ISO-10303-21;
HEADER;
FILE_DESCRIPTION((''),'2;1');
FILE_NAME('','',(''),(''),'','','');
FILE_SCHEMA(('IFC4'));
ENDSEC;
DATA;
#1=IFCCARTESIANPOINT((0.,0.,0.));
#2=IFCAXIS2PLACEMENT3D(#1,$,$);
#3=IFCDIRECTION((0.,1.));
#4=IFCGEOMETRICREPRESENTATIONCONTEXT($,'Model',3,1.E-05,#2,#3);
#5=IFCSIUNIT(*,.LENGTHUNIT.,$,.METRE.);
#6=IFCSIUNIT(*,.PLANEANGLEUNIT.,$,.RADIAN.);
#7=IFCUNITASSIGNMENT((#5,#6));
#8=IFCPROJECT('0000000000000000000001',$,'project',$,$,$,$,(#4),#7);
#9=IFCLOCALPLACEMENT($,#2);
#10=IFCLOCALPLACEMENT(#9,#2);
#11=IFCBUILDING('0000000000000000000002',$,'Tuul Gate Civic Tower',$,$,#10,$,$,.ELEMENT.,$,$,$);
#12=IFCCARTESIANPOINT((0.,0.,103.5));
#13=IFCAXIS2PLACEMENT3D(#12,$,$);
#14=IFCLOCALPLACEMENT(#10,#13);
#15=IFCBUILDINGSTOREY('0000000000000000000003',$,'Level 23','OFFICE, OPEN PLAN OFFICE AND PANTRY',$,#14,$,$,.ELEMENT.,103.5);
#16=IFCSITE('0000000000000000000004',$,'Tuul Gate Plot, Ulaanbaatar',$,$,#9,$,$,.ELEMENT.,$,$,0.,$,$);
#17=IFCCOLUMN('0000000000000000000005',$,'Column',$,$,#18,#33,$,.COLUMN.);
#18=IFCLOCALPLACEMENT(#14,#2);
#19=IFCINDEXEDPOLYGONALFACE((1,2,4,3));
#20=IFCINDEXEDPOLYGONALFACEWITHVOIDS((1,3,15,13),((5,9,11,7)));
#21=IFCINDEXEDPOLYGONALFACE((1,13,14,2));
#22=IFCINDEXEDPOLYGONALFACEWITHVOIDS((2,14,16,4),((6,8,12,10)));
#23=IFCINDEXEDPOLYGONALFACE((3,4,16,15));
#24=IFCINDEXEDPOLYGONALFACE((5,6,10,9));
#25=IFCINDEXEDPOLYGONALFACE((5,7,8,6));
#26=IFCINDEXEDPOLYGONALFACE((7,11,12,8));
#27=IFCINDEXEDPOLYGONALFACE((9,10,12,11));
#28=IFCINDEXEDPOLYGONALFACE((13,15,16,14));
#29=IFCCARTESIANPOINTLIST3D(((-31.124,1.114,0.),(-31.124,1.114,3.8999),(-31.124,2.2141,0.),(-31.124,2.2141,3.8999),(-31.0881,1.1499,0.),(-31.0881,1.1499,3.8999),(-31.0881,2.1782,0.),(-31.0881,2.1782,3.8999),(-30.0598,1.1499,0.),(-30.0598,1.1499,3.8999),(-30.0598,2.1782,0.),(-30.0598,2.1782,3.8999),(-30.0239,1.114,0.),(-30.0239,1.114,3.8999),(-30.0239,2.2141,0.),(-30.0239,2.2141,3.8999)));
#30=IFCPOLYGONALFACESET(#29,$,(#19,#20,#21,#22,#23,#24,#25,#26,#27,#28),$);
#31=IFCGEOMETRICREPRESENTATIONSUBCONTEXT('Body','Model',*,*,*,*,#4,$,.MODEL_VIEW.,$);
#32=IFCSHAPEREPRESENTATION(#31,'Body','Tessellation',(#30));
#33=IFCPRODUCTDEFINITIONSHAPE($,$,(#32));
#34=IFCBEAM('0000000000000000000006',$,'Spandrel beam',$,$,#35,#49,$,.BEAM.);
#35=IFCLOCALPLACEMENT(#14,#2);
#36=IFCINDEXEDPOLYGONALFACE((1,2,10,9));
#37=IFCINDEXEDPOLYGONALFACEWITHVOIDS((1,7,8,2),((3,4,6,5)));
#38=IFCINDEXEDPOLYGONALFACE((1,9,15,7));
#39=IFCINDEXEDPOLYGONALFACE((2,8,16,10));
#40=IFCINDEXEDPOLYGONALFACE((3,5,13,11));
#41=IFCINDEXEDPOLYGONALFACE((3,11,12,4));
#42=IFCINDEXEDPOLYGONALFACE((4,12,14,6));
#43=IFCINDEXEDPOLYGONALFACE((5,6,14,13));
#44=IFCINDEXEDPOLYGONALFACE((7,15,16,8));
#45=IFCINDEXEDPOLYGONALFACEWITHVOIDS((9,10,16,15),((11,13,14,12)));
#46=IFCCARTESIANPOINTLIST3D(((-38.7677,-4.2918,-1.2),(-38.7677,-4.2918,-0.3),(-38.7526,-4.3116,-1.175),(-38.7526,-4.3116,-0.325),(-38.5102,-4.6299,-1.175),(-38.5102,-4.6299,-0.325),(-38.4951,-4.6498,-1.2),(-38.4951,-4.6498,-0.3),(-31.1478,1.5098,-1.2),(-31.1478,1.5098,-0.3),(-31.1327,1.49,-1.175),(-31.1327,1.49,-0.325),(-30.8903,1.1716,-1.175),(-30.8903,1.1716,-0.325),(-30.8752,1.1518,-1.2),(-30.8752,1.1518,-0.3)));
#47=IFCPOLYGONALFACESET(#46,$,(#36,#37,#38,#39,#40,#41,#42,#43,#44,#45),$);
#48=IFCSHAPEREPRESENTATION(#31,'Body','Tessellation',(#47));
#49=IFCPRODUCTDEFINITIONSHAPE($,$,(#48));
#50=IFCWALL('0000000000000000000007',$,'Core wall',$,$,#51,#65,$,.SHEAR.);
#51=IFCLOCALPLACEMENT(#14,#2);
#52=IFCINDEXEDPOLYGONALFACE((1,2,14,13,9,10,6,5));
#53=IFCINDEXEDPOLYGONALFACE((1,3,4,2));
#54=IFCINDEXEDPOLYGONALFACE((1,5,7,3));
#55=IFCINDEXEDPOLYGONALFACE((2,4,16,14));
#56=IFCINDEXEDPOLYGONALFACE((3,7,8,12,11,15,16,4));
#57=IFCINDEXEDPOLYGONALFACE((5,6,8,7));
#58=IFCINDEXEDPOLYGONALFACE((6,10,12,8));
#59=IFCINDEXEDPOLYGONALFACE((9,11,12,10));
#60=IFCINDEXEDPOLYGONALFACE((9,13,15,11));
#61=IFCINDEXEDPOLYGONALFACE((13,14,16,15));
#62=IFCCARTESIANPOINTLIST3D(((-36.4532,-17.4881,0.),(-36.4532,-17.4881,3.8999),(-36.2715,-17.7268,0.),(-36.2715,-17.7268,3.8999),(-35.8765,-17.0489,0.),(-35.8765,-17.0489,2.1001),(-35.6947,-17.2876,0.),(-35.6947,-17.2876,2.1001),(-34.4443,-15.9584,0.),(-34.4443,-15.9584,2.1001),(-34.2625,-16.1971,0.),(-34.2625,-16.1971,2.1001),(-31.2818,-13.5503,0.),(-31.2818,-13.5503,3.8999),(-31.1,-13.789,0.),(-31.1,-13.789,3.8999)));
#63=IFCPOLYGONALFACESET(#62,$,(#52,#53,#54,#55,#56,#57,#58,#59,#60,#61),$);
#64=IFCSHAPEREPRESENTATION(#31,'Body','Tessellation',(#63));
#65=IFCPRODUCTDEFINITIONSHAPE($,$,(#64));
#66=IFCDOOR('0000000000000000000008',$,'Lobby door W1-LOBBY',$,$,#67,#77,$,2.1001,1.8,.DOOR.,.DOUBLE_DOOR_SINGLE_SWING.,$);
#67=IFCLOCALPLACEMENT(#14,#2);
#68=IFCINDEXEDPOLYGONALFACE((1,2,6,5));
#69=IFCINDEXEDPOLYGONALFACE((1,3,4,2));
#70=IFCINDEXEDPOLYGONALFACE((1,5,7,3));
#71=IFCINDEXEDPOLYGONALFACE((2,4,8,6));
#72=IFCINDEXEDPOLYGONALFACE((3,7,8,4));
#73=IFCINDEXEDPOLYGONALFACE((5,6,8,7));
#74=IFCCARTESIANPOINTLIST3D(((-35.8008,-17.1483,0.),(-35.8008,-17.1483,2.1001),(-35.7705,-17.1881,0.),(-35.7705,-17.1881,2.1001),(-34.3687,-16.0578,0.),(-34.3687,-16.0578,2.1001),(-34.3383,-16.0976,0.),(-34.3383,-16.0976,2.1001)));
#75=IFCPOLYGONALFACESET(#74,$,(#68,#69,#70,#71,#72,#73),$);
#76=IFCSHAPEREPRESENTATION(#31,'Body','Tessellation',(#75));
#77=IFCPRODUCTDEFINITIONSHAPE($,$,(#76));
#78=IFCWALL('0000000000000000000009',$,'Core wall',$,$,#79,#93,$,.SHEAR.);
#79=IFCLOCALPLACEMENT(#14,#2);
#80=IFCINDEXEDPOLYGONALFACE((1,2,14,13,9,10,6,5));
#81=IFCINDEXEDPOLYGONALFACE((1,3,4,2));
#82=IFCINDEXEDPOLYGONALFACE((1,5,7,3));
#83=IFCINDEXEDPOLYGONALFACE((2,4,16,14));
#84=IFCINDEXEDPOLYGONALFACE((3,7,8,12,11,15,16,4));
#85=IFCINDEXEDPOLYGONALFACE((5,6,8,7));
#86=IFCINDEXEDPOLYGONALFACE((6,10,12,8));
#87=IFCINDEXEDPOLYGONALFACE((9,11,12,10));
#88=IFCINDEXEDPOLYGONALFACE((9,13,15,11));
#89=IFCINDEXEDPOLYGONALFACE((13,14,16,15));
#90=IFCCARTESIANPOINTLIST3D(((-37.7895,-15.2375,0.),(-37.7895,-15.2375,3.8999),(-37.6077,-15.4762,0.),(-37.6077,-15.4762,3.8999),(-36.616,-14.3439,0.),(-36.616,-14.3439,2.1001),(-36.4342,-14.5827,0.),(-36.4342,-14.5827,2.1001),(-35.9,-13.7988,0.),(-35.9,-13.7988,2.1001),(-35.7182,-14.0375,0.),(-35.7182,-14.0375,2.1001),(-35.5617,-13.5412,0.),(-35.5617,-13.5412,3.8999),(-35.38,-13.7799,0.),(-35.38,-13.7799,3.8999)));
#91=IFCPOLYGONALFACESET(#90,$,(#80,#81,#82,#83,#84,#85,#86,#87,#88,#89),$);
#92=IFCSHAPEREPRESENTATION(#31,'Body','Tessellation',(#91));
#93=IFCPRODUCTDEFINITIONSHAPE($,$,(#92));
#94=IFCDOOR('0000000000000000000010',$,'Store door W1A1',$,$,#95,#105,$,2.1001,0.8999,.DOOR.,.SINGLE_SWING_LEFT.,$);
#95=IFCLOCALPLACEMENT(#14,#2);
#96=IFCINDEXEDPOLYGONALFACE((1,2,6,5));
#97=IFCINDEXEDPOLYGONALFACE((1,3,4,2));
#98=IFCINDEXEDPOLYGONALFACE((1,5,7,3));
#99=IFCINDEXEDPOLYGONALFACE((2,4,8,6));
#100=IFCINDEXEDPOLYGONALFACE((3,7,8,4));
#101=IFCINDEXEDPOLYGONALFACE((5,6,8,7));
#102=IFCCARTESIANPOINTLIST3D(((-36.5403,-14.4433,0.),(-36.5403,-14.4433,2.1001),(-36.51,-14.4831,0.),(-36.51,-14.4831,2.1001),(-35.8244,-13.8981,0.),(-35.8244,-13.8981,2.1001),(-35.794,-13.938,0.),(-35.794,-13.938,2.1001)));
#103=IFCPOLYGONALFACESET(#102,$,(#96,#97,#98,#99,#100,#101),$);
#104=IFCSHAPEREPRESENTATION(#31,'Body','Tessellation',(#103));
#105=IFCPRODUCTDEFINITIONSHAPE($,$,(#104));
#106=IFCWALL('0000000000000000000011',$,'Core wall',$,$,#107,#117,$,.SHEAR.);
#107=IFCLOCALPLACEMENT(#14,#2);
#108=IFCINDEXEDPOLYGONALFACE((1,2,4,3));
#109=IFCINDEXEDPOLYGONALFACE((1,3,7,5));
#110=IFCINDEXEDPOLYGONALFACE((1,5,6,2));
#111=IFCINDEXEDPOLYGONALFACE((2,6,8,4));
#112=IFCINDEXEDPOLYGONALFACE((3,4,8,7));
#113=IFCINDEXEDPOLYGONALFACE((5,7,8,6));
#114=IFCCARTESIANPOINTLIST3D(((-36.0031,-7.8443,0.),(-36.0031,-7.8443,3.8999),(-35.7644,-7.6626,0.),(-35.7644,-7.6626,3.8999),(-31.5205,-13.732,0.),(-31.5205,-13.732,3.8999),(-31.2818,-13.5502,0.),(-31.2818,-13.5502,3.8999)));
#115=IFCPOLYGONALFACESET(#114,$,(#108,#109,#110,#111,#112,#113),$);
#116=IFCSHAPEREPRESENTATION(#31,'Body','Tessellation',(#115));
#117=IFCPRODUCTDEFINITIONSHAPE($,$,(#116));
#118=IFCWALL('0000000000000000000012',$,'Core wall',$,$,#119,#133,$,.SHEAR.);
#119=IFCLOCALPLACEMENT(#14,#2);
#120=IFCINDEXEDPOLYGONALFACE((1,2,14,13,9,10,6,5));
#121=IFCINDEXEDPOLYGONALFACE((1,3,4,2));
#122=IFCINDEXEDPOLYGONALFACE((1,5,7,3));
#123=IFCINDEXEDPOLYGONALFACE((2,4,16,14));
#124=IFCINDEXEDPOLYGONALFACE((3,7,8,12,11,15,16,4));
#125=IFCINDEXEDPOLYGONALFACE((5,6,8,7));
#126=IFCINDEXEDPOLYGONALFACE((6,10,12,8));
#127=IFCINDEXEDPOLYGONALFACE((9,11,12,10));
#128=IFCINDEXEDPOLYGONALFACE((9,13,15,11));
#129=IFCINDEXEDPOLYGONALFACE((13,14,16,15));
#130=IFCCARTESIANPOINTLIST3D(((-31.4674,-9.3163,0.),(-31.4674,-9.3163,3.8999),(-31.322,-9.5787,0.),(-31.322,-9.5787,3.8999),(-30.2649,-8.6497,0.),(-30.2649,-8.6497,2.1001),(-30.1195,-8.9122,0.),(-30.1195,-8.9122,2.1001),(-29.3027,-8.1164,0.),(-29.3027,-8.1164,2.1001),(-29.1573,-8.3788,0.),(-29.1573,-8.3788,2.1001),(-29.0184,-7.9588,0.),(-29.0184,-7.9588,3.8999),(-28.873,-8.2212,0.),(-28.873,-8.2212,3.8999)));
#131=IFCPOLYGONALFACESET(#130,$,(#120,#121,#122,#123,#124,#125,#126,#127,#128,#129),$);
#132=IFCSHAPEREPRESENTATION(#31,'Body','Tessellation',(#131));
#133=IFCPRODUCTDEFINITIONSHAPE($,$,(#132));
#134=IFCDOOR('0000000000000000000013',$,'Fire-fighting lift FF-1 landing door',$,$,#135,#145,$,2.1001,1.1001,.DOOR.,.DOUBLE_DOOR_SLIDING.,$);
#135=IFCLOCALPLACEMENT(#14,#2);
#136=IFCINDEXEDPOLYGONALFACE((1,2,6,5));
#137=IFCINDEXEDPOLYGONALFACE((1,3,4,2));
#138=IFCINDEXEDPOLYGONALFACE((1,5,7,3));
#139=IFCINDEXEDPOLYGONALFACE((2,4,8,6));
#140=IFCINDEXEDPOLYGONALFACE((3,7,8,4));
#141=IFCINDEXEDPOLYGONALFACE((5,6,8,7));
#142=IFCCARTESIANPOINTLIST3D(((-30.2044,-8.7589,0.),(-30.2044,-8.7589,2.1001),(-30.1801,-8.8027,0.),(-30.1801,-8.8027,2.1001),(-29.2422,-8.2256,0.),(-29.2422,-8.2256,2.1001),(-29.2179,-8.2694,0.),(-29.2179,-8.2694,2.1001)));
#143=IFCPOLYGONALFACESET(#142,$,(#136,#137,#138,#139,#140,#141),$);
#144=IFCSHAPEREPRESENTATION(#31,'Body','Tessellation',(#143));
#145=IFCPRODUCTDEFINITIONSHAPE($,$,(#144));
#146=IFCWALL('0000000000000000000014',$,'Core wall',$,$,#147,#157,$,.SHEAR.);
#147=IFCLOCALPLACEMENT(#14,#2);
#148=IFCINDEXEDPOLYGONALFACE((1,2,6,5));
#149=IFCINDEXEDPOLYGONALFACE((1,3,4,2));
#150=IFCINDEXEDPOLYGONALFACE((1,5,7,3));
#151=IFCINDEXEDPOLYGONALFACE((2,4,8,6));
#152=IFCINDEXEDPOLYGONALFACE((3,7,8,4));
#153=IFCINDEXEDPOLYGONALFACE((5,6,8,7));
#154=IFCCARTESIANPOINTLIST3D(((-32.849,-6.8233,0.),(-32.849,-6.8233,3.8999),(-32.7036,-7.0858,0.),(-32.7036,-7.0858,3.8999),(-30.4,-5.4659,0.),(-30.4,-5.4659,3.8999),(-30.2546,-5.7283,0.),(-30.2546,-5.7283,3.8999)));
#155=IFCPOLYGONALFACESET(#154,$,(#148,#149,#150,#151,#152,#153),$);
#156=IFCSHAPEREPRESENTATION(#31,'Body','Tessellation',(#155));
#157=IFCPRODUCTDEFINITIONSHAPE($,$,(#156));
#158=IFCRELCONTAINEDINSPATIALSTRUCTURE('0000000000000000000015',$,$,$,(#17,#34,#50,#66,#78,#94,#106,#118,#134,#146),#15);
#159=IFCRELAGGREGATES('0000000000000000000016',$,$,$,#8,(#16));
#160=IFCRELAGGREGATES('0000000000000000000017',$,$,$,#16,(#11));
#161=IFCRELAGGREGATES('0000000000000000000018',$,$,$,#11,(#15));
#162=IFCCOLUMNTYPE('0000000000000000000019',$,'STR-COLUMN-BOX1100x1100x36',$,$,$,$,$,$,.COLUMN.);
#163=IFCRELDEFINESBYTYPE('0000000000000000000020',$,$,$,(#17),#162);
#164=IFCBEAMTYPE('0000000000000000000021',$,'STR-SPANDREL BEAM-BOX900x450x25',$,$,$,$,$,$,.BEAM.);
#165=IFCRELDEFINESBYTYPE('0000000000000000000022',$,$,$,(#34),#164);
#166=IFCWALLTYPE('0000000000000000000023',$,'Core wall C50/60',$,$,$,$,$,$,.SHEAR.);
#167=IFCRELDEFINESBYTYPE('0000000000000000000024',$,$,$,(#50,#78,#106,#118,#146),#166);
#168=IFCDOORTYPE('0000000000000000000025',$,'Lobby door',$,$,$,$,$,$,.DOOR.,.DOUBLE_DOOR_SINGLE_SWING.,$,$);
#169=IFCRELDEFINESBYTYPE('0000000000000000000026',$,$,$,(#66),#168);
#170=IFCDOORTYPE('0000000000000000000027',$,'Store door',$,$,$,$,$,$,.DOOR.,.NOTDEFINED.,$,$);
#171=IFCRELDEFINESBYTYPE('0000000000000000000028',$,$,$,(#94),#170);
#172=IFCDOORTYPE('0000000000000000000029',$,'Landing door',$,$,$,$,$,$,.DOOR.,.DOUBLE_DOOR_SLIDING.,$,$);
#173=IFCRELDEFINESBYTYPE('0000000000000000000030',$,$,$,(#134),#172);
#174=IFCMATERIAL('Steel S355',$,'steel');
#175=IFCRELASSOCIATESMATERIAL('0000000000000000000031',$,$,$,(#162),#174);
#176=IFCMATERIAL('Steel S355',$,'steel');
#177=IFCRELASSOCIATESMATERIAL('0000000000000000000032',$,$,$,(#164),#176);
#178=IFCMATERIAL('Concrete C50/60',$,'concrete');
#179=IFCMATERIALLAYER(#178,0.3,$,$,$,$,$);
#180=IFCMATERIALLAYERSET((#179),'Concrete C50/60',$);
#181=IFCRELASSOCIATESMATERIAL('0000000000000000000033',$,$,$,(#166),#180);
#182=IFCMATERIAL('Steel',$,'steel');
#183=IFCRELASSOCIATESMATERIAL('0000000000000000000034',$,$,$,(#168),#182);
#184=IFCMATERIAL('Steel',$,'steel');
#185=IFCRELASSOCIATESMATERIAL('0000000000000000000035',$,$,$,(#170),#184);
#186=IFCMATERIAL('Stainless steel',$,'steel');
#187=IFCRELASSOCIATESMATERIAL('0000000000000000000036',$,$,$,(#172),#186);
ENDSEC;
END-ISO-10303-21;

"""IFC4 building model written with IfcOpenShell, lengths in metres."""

from ifc_helpers import new_model, si_unit, direction, frame, frame_2d, origin, origin_2d, place, context, subcontext, project, spatial, rectangle, hollow_rectangle, extrude, material, layer, layer_set, material_profile, profile_set, type_object, element, fill, save


model = new_model("IFC4")

# Units and contexts
model_context = context("Model", 3, precision=1e-05, world=origin(), true_north=direction((0.0, 1.0)))
body_context = subcontext(model_context, "Body", "Model", "MODEL_VIEW")
ifc_project = project(units=[si_unit("LENGTHUNIT", "METRE"), si_unit("PLANEANGLEUNIT", "RADIAN")], contexts=[model_context])

# Site, building, storey
site_placement = place(None, origin())
site = spatial("IfcSite", under=ifc_project, at=site_placement, Name="Tuul Gate Plot, Ulaanbaatar", CompositionType="ELEMENT", RefElevation=0.0)
building_placement = place(site_placement, origin())
building = spatial("IfcBuilding", under=site, at=building_placement, Name="Tuul Gate Civic Tower", CompositionType="ELEMENT")
storey_placement = place(building_placement, frame((0.0, 0.0, 103.5)))
storey = spatial("IfcBuildingStorey", under=building, at=storey_placement, Name="Level 23", Description="OFFICE, OPEN PLAN OFFICE AND PANTRY", CompositionType="ELEMENT", Elevation=103.5)

# Column
ifc_material_1 = material(Name="Steel S355", Category="steel")
ifc_material_profile_1 = material_profile(ifc_material_1, hollow_rectangle(XDim=1.1001, YDim=1.1001, WallThickness=0.0359, at=origin_2d()), Name="BOX1100x1100x36")
ifc_profile_set_1 = profile_set([ifc_material_profile_1], Name="Steel S355")
column_type = type_object("IfcColumnType", Name="STR-COLUMN-BOX1100x1100x36", PredefinedType="COLUMN", material=ifc_profile_set_1)
column_placement = place(storey_placement, frame((-30.574, 1.6641, 0.0), z_axis=(0.0, 0.0, 1.0), x_axis=(1.0, 0.0, 0.0)))
element("IfcColumn", 1, at=column_placement, inside=storey, type_object=column_type, Name="Column", PredefinedType="COLUMN", context=body_context, shape_type="SweptSolid", body=[
    extrude(hollow_rectangle(XDim=1.1001, YDim=1.1001, WallThickness=0.0359, at=origin_2d()), origin(), (0.0, 0.0, 1.0), 3.8999),
])

# Beam
ifc_material_2 = material(Name="Steel S355", Category="steel")
ifc_material_profile_2 = material_profile(ifc_material_2, hollow_rectangle(XDim=0.45, YDim=0.8999, WallThickness=0.0249, at=origin_2d()), Name="BOX900x450x25")
ifc_profile_set_2 = profile_set([ifc_material_profile_2], Name="Steel S355")
beam_type = type_object("IfcBeamType", Name="STR-SPANDREL BEAM-BOX900x450x25", PredefinedType="BEAM", material=ifc_profile_set_2)
beam_placement = place(storey_placement, frame((-31.0115, 1.3308, -0.75), z_axis=(-0.795638, -0.605772, 0.0), x_axis=(0.605772, -0.795638, 0.0)))
element("IfcBeam", 2, at=beam_placement, inside=storey, type_object=beam_type, Name="Spandrel beam", PredefinedType="BEAM", context=body_context, shape_type="SweptSolid", body=[
    extrude(hollow_rectangle(XDim=0.45, YDim=0.8999, WallThickness=0.0249, at=origin_2d()), origin(), (0.0, 0.0, 1.0), 9.5771),
])

# Walls, openings, doors
ifc_material_3 = material(Name="Concrete C50/60", Category="concrete")
ifc_layer_1 = layer(ifc_material_3, 0.3)
ifc_layer_set_1 = layer_set([ifc_layer_1], Name="Concrete C50/60")
wall_type_1 = type_object("IfcWallType", Name="Core wall C50/60", PredefinedType="SHEAR", material=ifc_layer_set_1)
wall_1_placement = place(storey_placement, frame((-31.1909, -13.6697, 0.0), z_axis=(0.0, 0.0, 1.0), x_axis=(-0.795607, -0.605813, 0.0)))
wall_1 = element("IfcWall", 3, at=wall_1_placement, inside=storey, type_object=wall_type_1, Name="Core wall", PredefinedType="SHEAR", context=body_context, shape_type="SweptSolid", body=[
    extrude(rectangle(XDim=6.5, YDim=0.3, at=frame_2d((3.25, 0.0))), origin(), (0.0, 0.0, 1.0), 3.8999),
])
opening_1_placement = place(wall_1_placement, frame((3.9751, 0.0, 0.0)))
opening_1 = element("IfcOpeningElement", 4, at=opening_1_placement, cuts=wall_1, PredefinedType="OPENING", context=body_context, shape_type="SweptSolid", body=[
    extrude(rectangle(XDim=1.8, YDim=2.1001, at=frame_2d((0.8999, 1.05))), frame((0.0, 0.1602, 0.0), z_axis=(0.0, -1.0, 0.0), x_axis=(1.0, 0.0, 0.0)), (0.0, 0.0, 1.0), 0.3201),
])
ifc_material_4 = material(Name="Steel", Category="steel")
door_type_1 = type_object("IfcDoorType", Name="Lobby door", OperationType="DOUBLE_DOOR_SINGLE_SWING", PredefinedType="DOOR", material=ifc_material_4)
door_1_placement = place(opening_1_placement, origin())
door_1 = element("IfcDoor", 5, at=door_1_placement, inside=storey, type_object=door_type_1, Name="Lobby door W1-LOBBY", OperationType="DOUBLE_DOOR_SINGLE_SWING", OverallHeight=2.1001, OverallWidth=1.8, PredefinedType="DOOR", context=body_context, shape_type="SweptSolid", body=[
    extrude(rectangle(XDim=1.8, YDim=2.1001, at=frame_2d((0.8999, 1.05))), frame((0.0, 0.0249, 0.0), z_axis=(0.0, -1.0, 0.0), x_axis=(1.0, 0.0, 0.0)), (0.0, 0.0, 1.0), 0.05),
])
fill(opening_1, door_1)
wall_2_placement = place(storey_placement, frame((-35.4709, -13.6606, 0.0), z_axis=(0.0, 0.0, 1.0), x_axis=(-0.795616, -0.605802, 0.0)))
wall_2 = element("IfcWall", 6, at=wall_2_placement, inside=storey, type_object=wall_type_1, Name="Core wall", PredefinedType="SHEAR", context=body_context, shape_type="SweptSolid", body=[
    extrude(rectangle(XDim=2.8, YDim=0.3, at=frame_2d((1.3999, 0.0))), origin(), (0.0, 0.0, 1.0), 3.8999),
])
opening_2_placement = place(wall_2_placement, frame((0.425, 0.0, 0.0)))
opening_2 = element("IfcOpeningElement", 7, at=opening_2_placement, cuts=wall_2, PredefinedType="OPENING", context=body_context, shape_type="SweptSolid", body=[
    extrude(rectangle(XDim=0.8999, YDim=2.1001, at=frame_2d((0.45, 1.05))), frame((0.0, 0.1602, 0.0), z_axis=(0.0, -1.0, 0.0), x_axis=(1.0, 0.0, 0.0)), (0.0, 0.0, 1.0), 0.3201),
])
ifc_material_5 = material(Name="Steel", Category="steel")
door_type_2 = type_object("IfcDoorType", Name="Store door", OperationType="NOTDEFINED", PredefinedType="DOOR", material=ifc_material_5)
door_2_placement = place(opening_2_placement, origin())
door_2 = element("IfcDoor", 8, at=door_2_placement, inside=storey, type_object=door_type_2, Name="Store door W1A1", OperationType="SINGLE_SWING_LEFT", OverallHeight=2.1001, OverallWidth=0.8999, PredefinedType="DOOR", context=body_context, shape_type="SweptSolid", body=[
    extrude(rectangle(XDim=0.8999, YDim=2.1001, at=frame_2d((0.45, 1.05))), frame((0.0, 0.0249, 0.0), z_axis=(0.0, -1.0, 0.0), x_axis=(1.0, 0.0, 0.0)), (0.0, 0.0, 1.0), 0.05),
])
fill(opening_2, door_2)

# Wall
wall_3_placement = place(storey_placement, frame((-31.4011, -13.6411, 0.0), z_axis=(0.0, 0.0, 1.0), x_axis=(-0.60577, 0.79564, 0.0)))
element("IfcWall", 9, at=wall_3_placement, inside=storey, type_object=wall_type_1, Name="Core wall", PredefinedType="SHEAR", context=body_context, shape_type="SweptSolid", body=[
    extrude(rectangle(XDim=7.3999, YDim=0.3, at=frame_2d((3.7, 0.0))), origin(), (0.0, 0.0, 1.0), 3.8999),
])

# Wall, opening, door
wall_4_placement = place(storey_placement, frame((-28.9458, -8.0901, 0.0), z_axis=(0.0, 0.0, 1.0), x_axis=(-0.87463, -0.484791, 0.0)))
wall_4 = element("IfcWall", 10, at=wall_4_placement, inside=storey, type_object=wall_type_1, Name="Core wall", PredefinedType="SHEAR", context=body_context, shape_type="SweptSolid", body=[
    extrude(rectangle(XDim=2.8, YDim=0.3, at=frame_2d((1.3999, 0.0))), origin(), (0.0, 0.0, 1.0), 3.8999),
])
opening_3_placement = place(wall_4_placement, frame((0.325, 0.0, 0.0)))
opening_3 = element("IfcOpeningElement", 11, at=opening_3_placement, cuts=wall_4, PredefinedType="OPENING", context=body_context, shape_type="SweptSolid", body=[
    extrude(rectangle(XDim=1.1001, YDim=2.1001, at=frame_2d((0.55, 1.05))), frame((0.0, 0.1602, 0.0), z_axis=(0.0, -1.0, 0.0), x_axis=(1.0, 0.0, 0.0)), (0.0, 0.0, 1.0), 0.3201),
])
ifc_material_6 = material(Name="Stainless steel", Category="steel")
door_type_3 = type_object("IfcDoorType", Name="Landing door", OperationType="DOUBLE_DOOR_SLIDING", PredefinedType="DOOR", material=ifc_material_6)
door_3_placement = place(opening_3_placement, origin())
door_3 = element("IfcDoor", 12, at=door_3_placement, inside=storey, type_object=door_type_3, Name="Fire-fighting lift FF-1 landing door", OperationType="DOUBLE_DOOR_SLIDING", OverallHeight=2.1001, OverallWidth=1.1001, PredefinedType="DOOR", context=body_context, shape_type="SweptSolid", body=[
    extrude(rectangle(XDim=1.1001, YDim=2.1001, at=frame_2d((0.55, 1.05))), frame((0.0, 0.0249, 0.0), z_axis=(0.0, -1.0, 0.0), x_axis=(1.0, 0.0, 0.0)), (0.0, 0.0, 1.0), 0.05),
])
fill(opening_3, door_3)

# Wall
wall_5_placement = place(storey_placement, frame((-30.3274, -5.5972, 0.0), z_axis=(0.0, 0.0, 1.0), x_axis=(-0.87463, -0.484791, 0.0)))
element("IfcWall", 13, at=wall_5_placement, inside=storey, type_object=wall_type_1, Name="Core wall", PredefinedType="SHEAR", context=body_context, shape_type="SweptSolid", body=[
    extrude(rectangle(XDim=2.8, YDim=0.3, at=frame_2d((1.3999, 0.0))), origin(), (0.0, 0.0, 1.0), 3.8999),
])

save(model, "model.ifc")
